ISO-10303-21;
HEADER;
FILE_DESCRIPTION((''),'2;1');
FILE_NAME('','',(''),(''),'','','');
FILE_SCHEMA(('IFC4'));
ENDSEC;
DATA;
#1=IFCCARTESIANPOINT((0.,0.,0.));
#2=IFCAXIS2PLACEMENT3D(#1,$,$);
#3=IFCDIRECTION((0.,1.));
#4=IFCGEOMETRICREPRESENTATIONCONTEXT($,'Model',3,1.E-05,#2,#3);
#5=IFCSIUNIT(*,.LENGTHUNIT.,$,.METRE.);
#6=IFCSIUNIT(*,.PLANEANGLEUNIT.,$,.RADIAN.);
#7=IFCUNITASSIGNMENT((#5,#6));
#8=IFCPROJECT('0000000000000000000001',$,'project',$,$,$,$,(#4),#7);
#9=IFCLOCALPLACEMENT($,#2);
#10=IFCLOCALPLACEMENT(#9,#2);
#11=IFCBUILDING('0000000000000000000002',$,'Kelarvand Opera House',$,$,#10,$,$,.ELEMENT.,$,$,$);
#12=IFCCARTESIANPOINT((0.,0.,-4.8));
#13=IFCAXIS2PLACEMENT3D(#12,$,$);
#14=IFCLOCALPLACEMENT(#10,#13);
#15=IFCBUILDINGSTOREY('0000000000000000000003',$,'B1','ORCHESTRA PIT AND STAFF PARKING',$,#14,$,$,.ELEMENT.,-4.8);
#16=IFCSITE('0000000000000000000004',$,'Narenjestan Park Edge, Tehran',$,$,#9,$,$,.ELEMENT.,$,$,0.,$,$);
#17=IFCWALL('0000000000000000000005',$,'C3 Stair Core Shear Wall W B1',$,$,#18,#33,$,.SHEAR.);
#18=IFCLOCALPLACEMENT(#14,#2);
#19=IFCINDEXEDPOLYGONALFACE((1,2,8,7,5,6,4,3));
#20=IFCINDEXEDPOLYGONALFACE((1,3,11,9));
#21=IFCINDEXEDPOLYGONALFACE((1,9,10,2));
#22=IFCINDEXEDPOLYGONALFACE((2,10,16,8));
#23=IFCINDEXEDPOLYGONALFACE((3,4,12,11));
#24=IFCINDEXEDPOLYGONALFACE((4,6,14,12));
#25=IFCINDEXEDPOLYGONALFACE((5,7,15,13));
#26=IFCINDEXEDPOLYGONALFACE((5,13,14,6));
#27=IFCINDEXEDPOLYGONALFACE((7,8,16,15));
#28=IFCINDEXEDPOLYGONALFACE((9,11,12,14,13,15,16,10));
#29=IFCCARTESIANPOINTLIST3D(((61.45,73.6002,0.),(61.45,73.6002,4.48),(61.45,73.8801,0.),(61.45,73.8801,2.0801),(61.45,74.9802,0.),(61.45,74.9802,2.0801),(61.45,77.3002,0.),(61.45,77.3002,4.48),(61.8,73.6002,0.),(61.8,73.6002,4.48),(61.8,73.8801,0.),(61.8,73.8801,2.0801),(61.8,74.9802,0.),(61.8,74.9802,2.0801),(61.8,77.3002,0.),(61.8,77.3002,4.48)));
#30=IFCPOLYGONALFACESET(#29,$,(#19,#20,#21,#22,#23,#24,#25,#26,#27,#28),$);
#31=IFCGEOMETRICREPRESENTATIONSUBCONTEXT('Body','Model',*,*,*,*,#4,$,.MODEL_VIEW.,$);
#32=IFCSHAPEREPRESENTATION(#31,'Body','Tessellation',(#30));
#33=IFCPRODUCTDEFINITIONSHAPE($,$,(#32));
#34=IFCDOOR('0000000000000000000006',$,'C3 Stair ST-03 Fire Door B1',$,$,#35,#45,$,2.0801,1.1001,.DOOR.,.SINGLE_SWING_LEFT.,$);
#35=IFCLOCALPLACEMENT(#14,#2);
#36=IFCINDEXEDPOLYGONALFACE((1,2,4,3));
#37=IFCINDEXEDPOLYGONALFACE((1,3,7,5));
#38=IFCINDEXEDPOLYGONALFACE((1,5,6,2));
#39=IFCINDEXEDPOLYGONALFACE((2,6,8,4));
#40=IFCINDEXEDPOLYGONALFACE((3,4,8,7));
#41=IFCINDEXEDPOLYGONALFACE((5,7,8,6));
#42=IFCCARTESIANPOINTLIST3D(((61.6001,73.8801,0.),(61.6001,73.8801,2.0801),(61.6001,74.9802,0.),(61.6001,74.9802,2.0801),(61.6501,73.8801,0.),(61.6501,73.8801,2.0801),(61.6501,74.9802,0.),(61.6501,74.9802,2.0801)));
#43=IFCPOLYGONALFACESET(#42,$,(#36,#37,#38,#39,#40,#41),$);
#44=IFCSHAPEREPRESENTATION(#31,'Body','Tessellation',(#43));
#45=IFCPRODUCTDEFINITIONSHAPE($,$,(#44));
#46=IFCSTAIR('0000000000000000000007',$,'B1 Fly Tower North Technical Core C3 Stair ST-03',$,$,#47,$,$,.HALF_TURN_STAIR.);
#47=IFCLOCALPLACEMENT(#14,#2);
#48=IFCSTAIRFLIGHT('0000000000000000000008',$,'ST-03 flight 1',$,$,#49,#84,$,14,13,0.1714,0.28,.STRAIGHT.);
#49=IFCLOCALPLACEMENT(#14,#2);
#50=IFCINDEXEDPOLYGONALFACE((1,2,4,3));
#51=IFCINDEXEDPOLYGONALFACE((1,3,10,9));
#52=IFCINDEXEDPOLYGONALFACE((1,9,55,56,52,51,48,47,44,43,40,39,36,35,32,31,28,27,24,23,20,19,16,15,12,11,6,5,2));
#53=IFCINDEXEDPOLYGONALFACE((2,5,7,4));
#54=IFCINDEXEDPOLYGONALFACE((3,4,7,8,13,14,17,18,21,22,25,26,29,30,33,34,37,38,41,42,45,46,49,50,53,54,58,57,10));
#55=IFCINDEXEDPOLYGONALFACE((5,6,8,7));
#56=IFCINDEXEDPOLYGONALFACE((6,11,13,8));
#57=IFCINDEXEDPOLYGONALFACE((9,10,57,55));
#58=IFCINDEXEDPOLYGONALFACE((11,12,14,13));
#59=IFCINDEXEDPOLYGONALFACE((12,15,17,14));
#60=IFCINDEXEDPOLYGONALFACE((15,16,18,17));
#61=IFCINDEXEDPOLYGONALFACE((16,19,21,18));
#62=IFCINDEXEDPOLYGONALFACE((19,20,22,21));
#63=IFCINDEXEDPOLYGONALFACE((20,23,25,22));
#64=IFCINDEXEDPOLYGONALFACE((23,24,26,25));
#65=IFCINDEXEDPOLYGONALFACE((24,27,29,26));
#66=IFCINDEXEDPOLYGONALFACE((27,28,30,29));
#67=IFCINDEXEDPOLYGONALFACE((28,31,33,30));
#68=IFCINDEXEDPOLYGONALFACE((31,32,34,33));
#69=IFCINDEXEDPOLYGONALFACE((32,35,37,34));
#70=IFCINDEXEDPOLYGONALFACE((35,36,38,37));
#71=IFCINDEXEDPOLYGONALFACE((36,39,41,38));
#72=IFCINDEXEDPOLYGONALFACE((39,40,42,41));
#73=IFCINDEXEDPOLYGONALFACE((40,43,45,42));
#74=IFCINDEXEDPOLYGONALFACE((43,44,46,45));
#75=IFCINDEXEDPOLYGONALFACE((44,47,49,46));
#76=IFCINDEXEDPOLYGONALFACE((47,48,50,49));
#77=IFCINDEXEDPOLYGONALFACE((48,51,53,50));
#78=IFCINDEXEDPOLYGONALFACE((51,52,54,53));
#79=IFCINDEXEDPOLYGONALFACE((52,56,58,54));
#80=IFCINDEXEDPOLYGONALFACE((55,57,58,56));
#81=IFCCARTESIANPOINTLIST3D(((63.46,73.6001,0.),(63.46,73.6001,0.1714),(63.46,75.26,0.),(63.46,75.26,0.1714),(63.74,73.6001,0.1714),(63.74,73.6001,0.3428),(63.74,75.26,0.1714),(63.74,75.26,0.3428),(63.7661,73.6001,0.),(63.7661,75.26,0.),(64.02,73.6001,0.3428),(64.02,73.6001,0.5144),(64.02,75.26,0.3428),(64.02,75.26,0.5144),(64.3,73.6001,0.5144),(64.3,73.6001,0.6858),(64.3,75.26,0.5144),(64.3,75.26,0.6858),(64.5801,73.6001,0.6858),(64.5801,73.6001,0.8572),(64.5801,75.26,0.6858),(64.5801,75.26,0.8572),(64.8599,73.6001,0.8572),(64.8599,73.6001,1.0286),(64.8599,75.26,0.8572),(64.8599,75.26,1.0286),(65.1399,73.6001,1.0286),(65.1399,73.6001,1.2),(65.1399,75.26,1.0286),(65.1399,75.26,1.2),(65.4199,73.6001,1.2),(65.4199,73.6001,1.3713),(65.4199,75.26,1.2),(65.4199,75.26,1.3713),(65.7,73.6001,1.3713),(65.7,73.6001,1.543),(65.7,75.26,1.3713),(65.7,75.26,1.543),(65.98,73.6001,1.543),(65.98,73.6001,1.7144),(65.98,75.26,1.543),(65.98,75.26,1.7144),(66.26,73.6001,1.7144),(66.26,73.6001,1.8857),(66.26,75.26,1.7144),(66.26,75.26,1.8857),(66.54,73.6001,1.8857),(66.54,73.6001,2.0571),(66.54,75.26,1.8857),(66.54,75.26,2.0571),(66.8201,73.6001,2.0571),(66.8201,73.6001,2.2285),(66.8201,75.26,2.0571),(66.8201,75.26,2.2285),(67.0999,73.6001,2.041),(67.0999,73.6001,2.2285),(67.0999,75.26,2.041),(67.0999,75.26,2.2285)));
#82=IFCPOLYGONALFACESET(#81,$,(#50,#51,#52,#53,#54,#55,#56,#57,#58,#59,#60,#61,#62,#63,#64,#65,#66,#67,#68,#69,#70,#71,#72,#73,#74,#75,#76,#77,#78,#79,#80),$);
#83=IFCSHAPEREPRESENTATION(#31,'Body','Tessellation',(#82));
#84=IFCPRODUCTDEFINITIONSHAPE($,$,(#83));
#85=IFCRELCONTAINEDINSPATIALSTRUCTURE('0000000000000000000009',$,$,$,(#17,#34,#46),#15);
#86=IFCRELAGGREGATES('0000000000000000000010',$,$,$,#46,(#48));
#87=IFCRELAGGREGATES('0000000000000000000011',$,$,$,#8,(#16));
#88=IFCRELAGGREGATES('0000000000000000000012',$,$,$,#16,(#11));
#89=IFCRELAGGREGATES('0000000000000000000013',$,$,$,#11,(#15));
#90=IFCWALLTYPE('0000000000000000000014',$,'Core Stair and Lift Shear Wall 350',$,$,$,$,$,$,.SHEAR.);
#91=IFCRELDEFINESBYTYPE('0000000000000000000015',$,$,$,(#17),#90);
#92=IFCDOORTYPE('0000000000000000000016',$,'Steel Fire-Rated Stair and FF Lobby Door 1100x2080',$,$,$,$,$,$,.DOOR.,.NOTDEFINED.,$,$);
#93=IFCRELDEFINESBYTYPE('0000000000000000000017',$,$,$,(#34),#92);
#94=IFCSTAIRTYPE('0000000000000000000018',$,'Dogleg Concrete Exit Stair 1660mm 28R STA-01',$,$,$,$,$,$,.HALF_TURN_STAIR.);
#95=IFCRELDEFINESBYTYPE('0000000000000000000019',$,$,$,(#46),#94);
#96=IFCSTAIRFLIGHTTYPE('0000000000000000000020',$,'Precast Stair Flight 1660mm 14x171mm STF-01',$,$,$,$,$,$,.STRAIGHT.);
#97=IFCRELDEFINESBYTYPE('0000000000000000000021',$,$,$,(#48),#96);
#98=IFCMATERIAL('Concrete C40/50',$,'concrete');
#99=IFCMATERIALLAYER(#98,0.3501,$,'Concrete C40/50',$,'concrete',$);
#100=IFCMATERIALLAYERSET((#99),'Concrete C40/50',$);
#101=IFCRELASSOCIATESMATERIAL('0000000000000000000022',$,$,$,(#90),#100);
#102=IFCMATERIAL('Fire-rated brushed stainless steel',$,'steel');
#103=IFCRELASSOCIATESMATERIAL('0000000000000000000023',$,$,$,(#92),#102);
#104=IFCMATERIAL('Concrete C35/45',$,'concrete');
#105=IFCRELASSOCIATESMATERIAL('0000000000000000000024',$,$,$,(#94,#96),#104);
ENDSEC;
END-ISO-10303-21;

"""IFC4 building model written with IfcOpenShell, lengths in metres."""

from ifc_helpers import new_model, si_unit, direction, frame, frame_2d, origin, place, context, subcontext, project, spatial, polyline, rectangle, outline, extrude, material, layer, layer_set, type_object, element, fill, aggregate, save


model = new_model("IFC4")

# Units and contexts
model_context = context("Model", 3, precision=1e-05, world=origin(), true_north=direction((0.0, 1.0)))
body_context = subcontext(model_context, "Body", "Model", "MODEL_VIEW")
ifc_project = project(units=[si_unit("LENGTHUNIT", "METRE"), si_unit("PLANEANGLEUNIT", "RADIAN")], contexts=[model_context])

# Site, building, storey
site_placement = place(None, origin())
site = spatial("IfcSite", under=ifc_project, at=site_placement, Name="Narenjestan Park Edge, Tehran", CompositionType="ELEMENT", RefElevation=0.0)
building_placement = place(site_placement, origin())
building = spatial("IfcBuilding", under=site, at=building_placement, Name="Kelarvand Opera House", CompositionType="ELEMENT")
storey_placement = place(building_placement, frame((0.0, 0.0, -4.8)))
storey = spatial("IfcBuildingStorey", under=building, at=storey_placement, Name="B1", Description="ORCHESTRA PIT AND STAFF PARKING", CompositionType="ELEMENT", Elevation=-4.8)

# Shared definitions
ifc_material_1 = material(Name="Concrete C40/50", Category="concrete")

# Shared definitions
ifc_material_2 = material(Name="Concrete C35/45", Category="concrete")

# Shared definitions
ifc_layer_1 = layer(ifc_material_1, 0.3501, Name="Concrete C40/50", Category="concrete")
ifc_layer_set_1 = layer_set([ifc_layer_1], Name="Concrete C40/50")
wall_type_1 = type_object("IfcWallType", Name="Core Stair and Lift Shear Wall 350", PredefinedType="SHEAR", material=ifc_layer_set_1)

# Wall, opening, door
wall_1_placement = place(storey_placement, frame((61.625, 73.6001, 0.0), z_axis=(0.0, 0.0, 1.0), x_axis=(0.0, 1.0, 0.0)))
wall_1 = element("IfcWall", 1, at=wall_1_placement, inside=storey, type_object=wall_type_1, Name="C3 Stair Core Shear Wall W B1", PredefinedType="SHEAR", context=body_context, shape_type="SweptSolid", body=[
    extrude(rectangle(XDim=3.7, YDim=0.3501, at=frame_2d((1.8501, 0.0))), origin(), (0.0, 0.0, 1.0), 4.48),
])
opening_placement = place(wall_1_placement, frame((0.28, 0.0, 0.0)))
opening = element("IfcOpeningElement", 2, at=opening_placement, cuts=wall_1, PredefinedType="OPENING", context=body_context, shape_type="SweptSolid", body=[
    extrude(rectangle(XDim=1.1001, YDim=2.0801, at=frame_2d((0.55, 1.04))), frame((0.0, 0.1851, 0.0), z_axis=(0.0, -1.0, 0.0), x_axis=(1.0, 0.0, 0.0)), (0.0, 0.0, 1.0), 0.3701),
])
ifc_material_3 = material(Name="Fire-rated brushed stainless steel", Category="steel")
door_type = type_object("IfcDoorType", Name="Steel Fire-Rated Stair and FF Lobby Door 1100x2080", OperationType="NOTDEFINED", PredefinedType="DOOR", material=ifc_material_3)
door_placement = place(opening_placement, origin())
door = element("IfcDoor", 3, at=door_placement, inside=storey, type_object=door_type, Name="C3 Stair ST-03 Fire Door B1", OperationType="SINGLE_SWING_LEFT", OverallHeight=2.0801, OverallWidth=1.1001, PredefinedType="DOOR", context=body_context, shape_type="SweptSolid", body=[
    extrude(rectangle(XDim=1.1001, YDim=2.0801, at=frame_2d((0.55, 1.04))), frame((0.0, 0.0249, 0.0), z_axis=(0.0, -1.0, 0.0), x_axis=(1.0, 0.0, 0.0)), (0.0, 0.0, 1.0), 0.05),
])
fill(opening, door)

# Stair, stair flight
stair_type = type_object("IfcStairType", Name="Dogleg Concrete Exit Stair 1660mm 28R STA-01", PredefinedType="HALF_TURN_STAIR", material=ifc_material_2)
stair_placement = place(storey_placement, origin())
stair = element("IfcStair", 4, at=stair_placement, inside=storey, type_object=stair_type, Name="B1 Fly Tower North Technical Core C3 Stair ST-03", PredefinedType="HALF_TURN_STAIR")
stair_flight_type = type_object("IfcStairFlightType", Name="Precast Stair Flight 1660mm 14x171mm STF-01", PredefinedType="STRAIGHT", material=ifc_material_2)
stair_flight_placement = place(storey_placement, frame((63.46, 74.4299, 0.0), z_axis=(0.0, 0.0, 1.0), x_axis=(1.0, 0.0, 0.0)))
stair_flight = element("IfcStairFlight", 5, at=stair_flight_placement, type_object=stair_flight_type, Name="ST-03 flight 1", NumberOfRisers=14, NumberOfTreads=13, PredefinedType="STRAIGHT", RiserHeight=0.1714, TreadLength=0.28, context=body_context, shape_type="SweptSolid", body=[
    extrude(outline(polyline([(0.0, 0.0), (0.0, 0.1714), (0.28, 0.1714), (0.28, 0.3428), (0.5601, 0.3428), (0.5601, 0.5144), (0.8401, 0.5144), (0.8401, 0.6858), (1.1201, 0.6858), (1.1201, 0.8572), (1.3999, 0.8572), (1.3999, 1.0286), (1.6799, 1.0286), (1.6799, 1.2), (1.96, 1.2), (1.96, 1.3713), (2.24, 1.3713), (2.24, 1.543), (2.52, 1.543), (2.52, 1.7144), (2.8, 1.7144), (2.8, 1.8857), (3.0801, 1.8857), (3.0801, 2.0571), (3.3601, 2.0571), (3.3601, 2.2285), (3.6399, 2.2285), (3.6399, 2.3999), (3.6399, 2.041), (0.3062, 0.0), (0.0, 0.0)])), frame((0.0, 0.8301, 0.0), z_axis=(0.0, -1.0, 0.0), x_axis=(1.0, 0.0, 0.0)), (0.0, 0.0, 1.0), 1.6599),
])
aggregate(stair, [stair_flight])

save(model, "model.ifc")
